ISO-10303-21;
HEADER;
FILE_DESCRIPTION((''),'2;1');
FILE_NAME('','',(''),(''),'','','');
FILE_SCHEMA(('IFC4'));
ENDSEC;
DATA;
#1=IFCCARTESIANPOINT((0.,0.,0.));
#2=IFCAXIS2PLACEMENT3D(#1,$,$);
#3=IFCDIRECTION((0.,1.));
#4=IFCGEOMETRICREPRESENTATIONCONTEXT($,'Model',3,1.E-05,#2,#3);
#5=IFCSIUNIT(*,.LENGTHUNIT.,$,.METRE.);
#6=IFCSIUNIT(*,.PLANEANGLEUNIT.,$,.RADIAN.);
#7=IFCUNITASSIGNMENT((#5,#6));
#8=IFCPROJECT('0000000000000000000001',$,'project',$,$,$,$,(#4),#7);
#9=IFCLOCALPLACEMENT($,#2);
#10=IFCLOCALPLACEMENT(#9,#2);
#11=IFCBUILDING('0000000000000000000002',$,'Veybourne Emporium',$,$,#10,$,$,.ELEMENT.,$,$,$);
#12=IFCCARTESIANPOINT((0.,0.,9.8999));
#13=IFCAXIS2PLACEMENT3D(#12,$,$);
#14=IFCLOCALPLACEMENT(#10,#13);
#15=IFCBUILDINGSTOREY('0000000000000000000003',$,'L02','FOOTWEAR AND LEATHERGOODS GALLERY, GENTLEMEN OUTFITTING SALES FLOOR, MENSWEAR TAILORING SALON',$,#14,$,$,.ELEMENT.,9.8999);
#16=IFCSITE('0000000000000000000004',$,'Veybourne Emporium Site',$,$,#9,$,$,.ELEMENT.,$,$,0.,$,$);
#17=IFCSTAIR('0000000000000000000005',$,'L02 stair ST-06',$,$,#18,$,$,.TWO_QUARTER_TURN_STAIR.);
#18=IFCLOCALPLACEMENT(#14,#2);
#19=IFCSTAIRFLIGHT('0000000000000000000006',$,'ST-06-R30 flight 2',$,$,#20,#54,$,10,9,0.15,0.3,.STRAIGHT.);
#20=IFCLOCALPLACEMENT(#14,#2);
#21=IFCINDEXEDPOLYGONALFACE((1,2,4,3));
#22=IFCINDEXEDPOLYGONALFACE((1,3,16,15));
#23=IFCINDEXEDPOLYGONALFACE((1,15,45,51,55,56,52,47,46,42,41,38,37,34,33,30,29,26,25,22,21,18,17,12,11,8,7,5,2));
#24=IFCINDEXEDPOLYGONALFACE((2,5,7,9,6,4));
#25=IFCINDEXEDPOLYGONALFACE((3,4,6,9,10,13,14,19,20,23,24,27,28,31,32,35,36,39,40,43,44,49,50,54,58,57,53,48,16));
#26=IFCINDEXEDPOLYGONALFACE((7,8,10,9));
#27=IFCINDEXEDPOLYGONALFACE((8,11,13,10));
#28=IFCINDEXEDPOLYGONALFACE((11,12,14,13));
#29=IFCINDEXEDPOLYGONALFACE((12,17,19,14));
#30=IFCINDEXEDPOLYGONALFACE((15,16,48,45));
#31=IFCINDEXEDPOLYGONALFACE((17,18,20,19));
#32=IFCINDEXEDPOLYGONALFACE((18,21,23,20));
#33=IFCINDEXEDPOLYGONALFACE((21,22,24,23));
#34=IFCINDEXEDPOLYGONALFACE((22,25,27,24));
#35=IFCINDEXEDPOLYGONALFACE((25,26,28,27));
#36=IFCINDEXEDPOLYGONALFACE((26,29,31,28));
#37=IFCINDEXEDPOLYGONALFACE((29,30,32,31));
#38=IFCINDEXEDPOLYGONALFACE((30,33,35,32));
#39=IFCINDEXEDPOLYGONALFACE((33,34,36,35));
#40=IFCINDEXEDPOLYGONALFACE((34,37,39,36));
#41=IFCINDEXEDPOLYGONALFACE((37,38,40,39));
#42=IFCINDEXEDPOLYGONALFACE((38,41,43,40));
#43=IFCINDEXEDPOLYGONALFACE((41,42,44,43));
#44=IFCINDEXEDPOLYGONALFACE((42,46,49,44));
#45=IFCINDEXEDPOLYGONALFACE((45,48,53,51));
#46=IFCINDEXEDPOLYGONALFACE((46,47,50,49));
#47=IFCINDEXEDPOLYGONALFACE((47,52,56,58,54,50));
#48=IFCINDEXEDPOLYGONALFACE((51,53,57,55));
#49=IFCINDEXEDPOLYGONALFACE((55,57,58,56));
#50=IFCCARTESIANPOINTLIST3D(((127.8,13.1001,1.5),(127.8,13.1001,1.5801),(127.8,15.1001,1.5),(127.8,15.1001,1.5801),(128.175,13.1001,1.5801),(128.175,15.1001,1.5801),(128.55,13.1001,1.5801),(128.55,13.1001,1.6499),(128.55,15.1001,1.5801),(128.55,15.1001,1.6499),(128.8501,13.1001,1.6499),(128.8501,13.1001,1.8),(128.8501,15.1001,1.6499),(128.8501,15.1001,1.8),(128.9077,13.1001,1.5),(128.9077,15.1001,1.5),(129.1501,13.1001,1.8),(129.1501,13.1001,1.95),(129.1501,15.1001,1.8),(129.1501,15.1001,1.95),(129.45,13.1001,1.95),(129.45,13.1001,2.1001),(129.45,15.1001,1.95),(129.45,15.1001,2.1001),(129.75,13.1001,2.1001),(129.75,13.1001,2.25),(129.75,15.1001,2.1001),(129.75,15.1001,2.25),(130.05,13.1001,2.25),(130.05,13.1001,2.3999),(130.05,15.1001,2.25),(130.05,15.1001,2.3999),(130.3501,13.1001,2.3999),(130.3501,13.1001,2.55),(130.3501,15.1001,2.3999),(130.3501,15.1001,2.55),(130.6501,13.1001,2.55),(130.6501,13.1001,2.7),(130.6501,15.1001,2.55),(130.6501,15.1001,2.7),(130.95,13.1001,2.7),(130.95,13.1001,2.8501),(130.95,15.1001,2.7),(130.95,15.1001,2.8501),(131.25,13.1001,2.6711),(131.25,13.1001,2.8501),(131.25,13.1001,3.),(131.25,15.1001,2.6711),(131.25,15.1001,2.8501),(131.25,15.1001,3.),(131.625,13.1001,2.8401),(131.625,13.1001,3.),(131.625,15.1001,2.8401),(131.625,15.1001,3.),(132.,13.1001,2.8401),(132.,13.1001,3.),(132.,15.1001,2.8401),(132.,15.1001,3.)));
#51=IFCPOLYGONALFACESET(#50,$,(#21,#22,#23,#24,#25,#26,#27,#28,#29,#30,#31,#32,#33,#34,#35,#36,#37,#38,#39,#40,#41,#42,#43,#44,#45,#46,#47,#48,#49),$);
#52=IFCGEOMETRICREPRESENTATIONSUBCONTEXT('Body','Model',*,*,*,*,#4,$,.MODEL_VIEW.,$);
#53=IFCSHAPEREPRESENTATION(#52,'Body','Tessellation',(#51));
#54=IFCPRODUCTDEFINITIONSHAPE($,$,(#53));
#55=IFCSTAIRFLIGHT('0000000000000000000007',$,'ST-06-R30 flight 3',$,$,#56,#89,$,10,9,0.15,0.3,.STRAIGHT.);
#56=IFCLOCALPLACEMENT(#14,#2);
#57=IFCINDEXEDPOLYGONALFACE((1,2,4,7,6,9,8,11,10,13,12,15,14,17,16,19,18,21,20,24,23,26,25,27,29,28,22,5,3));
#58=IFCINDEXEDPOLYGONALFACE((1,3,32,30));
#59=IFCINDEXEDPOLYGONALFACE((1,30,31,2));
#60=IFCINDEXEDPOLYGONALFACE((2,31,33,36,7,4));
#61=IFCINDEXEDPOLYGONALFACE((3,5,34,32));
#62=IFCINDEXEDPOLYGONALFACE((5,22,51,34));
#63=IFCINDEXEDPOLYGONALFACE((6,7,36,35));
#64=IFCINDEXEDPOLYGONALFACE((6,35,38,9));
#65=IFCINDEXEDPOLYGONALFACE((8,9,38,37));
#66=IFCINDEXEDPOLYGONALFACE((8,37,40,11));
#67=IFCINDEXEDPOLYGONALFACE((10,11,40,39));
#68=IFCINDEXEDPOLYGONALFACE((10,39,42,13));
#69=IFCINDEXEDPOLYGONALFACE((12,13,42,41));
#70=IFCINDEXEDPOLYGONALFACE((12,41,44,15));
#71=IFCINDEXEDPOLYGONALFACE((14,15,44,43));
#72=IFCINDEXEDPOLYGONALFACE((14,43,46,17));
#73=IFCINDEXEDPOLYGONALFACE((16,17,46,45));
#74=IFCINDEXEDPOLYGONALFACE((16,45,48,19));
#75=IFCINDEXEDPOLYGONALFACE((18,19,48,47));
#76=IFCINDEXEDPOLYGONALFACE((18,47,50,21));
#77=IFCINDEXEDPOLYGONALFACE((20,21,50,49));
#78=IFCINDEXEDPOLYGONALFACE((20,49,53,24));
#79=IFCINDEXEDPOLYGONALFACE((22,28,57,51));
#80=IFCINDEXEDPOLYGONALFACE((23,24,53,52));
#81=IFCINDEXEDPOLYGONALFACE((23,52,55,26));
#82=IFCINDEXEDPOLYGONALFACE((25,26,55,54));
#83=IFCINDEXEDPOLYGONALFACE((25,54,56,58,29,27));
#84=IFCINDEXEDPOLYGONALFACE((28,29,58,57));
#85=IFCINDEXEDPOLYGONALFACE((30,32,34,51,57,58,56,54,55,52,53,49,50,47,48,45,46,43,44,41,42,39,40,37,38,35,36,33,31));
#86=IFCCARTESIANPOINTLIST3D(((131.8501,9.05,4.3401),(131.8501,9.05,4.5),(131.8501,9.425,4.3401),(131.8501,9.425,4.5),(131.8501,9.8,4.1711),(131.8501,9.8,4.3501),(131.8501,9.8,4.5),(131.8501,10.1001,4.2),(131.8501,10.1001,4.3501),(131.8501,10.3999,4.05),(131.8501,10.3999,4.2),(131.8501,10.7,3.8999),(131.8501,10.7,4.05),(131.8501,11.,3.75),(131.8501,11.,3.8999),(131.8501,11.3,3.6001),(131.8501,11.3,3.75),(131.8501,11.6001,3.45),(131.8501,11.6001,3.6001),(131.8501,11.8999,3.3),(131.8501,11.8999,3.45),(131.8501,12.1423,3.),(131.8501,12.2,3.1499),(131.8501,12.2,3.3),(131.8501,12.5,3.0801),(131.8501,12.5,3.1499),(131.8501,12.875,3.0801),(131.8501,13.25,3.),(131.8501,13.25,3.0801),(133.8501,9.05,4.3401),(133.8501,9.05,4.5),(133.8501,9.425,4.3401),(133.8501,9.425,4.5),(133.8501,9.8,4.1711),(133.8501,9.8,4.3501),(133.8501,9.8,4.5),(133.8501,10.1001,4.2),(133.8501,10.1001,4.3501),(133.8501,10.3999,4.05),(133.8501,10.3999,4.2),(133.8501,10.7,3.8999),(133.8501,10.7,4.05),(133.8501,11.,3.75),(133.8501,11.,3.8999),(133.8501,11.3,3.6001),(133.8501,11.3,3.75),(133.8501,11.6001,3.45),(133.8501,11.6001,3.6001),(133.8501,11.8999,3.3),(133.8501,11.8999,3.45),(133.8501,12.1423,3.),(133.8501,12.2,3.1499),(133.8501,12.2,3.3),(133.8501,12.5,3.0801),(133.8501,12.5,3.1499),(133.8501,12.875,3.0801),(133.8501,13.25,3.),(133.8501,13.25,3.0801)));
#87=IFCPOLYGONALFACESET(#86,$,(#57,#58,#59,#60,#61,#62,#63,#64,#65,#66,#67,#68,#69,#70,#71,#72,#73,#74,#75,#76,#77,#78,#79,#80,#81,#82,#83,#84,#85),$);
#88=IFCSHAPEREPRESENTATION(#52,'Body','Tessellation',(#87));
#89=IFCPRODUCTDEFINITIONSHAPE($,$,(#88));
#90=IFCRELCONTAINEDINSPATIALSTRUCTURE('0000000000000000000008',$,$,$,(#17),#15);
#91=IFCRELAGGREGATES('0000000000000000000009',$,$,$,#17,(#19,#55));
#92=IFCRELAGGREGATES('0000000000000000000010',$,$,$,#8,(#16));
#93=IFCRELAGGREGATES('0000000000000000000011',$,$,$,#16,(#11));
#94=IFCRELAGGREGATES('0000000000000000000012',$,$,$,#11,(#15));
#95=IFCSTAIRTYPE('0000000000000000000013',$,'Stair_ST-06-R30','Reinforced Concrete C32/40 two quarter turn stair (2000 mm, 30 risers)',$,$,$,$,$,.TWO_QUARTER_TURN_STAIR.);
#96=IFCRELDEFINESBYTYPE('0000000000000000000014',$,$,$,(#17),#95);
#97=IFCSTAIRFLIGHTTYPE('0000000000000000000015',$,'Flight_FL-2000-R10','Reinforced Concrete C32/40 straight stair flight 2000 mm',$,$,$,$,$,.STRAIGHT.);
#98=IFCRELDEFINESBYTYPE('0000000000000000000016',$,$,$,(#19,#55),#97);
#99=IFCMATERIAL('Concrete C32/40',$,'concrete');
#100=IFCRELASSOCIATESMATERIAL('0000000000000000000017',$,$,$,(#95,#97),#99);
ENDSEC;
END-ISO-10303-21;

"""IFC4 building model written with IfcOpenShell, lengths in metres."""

from ifc_helpers import new_model, si_unit, direction, frame, origin, place, context, subcontext, project, spatial, polyline, outline, extrude, material, type_object, element, aggregate, save


model = new_model("IFC4")

# Units and contexts
model_context = context("Model", 3, precision=1e-05, world=origin(), true_north=direction((0.0, 1.0)))
body_context = subcontext(model_context, "Body", "Model", "MODEL_VIEW")
ifc_project = project(units=[si_unit("LENGTHUNIT", "METRE"), si_unit("PLANEANGLEUNIT", "RADIAN")], contexts=[model_context])

# Site, building, storey
site_placement = place(None, origin())
site = spatial("IfcSite", under=ifc_project, at=site_placement, Name="Veybourne Emporium Site", CompositionType="ELEMENT", RefElevation=0.0)
building_placement = place(site_placement, origin())
building = spatial("IfcBuilding", under=site, at=building_placement, Name="Veybourne Emporium", CompositionType="ELEMENT")
storey_placement = place(building_placement, frame((0.0, 0.0, 9.8999)))
storey = spatial("IfcBuildingStorey", under=building, at=storey_placement, Name="L02", Description="FOOTWEAR AND LEATHERGOODS GALLERY, GENTLEMEN OUTFITTING SALES FLOOR, MENSWEAR TAILORING SALON", CompositionType="ELEMENT", Elevation=9.8999)

# Shared definitions
ifc_material_1 = material(Name="Concrete C32/40", Category="concrete")

# Stair, stair flights
stair_type = type_object("IfcStairType", Name="Stair_ST-06-R30", Description="Reinforced Concrete C32/40 two quarter turn stair (2000 mm, 30 risers)", PredefinedType="TWO_QUARTER_TURN_STAIR", material=ifc_material_1)
stair_placement = place(storey_placement, origin())
stair = element("IfcStair", 1, at=stair_placement, inside=storey, type_object=stair_type, Name="L02 stair ST-06", PredefinedType="TWO_QUARTER_TURN_STAIR")
stair_flight_type = type_object("IfcStairFlightType", Name="Flight_FL-2000-R10", Description="Reinforced Concrete C32/40 straight stair flight 2000 mm", PredefinedType="STRAIGHT", material=ifc_material_1)
stair_flight_1_placement = place(storey_placement, frame((128.55, 14.1001, 1.5), z_axis=(0.0, 0.0, 1.0), x_axis=(1.0, 0.0, 0.0)))
stair_flight_1 = element("IfcStairFlight", 2, at=stair_flight_1_placement, type_object=stair_flight_type, Name="ST-06-R30 flight 2", NumberOfRisers=10, NumberOfTreads=9, PredefinedType="STRAIGHT", RiserHeight=0.15, TreadLength=0.3, context=body_context, shape_type="SweptSolid", body=[
    extrude(outline(polyline([(-0.75, 0.0), (-0.75, 0.0801), (-0.375, 0.0801), (0.0, 0.0801), (0.0, 0.1499), (0.3, 0.1499), (0.3, 0.3), (0.6001, 0.3), (0.6001, 0.45), (0.8999, 0.45), (0.8999, 0.6001), (1.2, 0.6001), (1.2, 0.75), (1.5, 0.75), (1.5, 0.8999), (1.8, 0.8999), (1.8, 1.05), (2.1001, 1.05), (2.1001, 1.2), (2.3999, 1.2), (2.3999, 1.3501), (2.7, 1.3501), (2.7, 1.5), (3.075, 1.5), (3.45, 1.5), (3.45, 1.3401), (3.075, 1.3401), (2.7, 1.1711), (0.3577, 0.0), (-0.75, 0.0)])), frame((0.0, 1.0, 0.0), z_axis=(0.0, -1.0, 0.0), x_axis=(1.0, 0.0, 0.0)), (0.0, 0.0, 1.0), 2.0),
])
stair_flight_2_placement = place(storey_placement, frame((132.8501, 12.5, 3.0), z_axis=(0.0, 0.0, 1.0), x_axis=(0.0, -1.0, 0.0)))
stair_flight_2 = element("IfcStairFlight", 3, at=stair_flight_2_placement, type_object=stair_flight_type, Name="ST-06-R30 flight 3", NumberOfRisers=10, NumberOfTreads=9, PredefinedType="STRAIGHT", RiserHeight=0.15, TreadLength=0.3, context=body_context, shape_type="SweptSolid", body=[
    extrude(outline(polyline([(-0.75, 0.0), (-0.75, 0.0801), (-0.375, 0.0801), (0.0, 0.0801), (0.0, 0.1499), (0.3, 0.1499), (0.3, 0.3), (0.6001, 0.3), (0.6001, 0.45), (0.8999, 0.45), (0.8999, 0.6001), (1.2, 0.6001), (1.2, 0.75), (1.5, 0.75), (1.5, 0.8999), (1.8, 0.8999), (1.8, 1.05), (2.1001, 1.05), (2.1001, 1.2), (2.3999, 1.2), (2.3999, 1.3501), (2.7, 1.3501), (2.7, 1.5), (3.075, 1.5), (3.45, 1.5), (3.45, 1.3401), (3.075, 1.3401), (2.7, 1.1711), (0.3577, 0.0), (-0.75, 0.0)])), frame((0.0, 1.0, 0.0), z_axis=(0.0, -1.0, 0.0), x_axis=(1.0, 0.0, 0.0)), (0.0, 0.0, 1.0), 2.0),
])
aggregate(stair, [stair_flight_1, stair_flight_2])

save(model, "model.ifc")
